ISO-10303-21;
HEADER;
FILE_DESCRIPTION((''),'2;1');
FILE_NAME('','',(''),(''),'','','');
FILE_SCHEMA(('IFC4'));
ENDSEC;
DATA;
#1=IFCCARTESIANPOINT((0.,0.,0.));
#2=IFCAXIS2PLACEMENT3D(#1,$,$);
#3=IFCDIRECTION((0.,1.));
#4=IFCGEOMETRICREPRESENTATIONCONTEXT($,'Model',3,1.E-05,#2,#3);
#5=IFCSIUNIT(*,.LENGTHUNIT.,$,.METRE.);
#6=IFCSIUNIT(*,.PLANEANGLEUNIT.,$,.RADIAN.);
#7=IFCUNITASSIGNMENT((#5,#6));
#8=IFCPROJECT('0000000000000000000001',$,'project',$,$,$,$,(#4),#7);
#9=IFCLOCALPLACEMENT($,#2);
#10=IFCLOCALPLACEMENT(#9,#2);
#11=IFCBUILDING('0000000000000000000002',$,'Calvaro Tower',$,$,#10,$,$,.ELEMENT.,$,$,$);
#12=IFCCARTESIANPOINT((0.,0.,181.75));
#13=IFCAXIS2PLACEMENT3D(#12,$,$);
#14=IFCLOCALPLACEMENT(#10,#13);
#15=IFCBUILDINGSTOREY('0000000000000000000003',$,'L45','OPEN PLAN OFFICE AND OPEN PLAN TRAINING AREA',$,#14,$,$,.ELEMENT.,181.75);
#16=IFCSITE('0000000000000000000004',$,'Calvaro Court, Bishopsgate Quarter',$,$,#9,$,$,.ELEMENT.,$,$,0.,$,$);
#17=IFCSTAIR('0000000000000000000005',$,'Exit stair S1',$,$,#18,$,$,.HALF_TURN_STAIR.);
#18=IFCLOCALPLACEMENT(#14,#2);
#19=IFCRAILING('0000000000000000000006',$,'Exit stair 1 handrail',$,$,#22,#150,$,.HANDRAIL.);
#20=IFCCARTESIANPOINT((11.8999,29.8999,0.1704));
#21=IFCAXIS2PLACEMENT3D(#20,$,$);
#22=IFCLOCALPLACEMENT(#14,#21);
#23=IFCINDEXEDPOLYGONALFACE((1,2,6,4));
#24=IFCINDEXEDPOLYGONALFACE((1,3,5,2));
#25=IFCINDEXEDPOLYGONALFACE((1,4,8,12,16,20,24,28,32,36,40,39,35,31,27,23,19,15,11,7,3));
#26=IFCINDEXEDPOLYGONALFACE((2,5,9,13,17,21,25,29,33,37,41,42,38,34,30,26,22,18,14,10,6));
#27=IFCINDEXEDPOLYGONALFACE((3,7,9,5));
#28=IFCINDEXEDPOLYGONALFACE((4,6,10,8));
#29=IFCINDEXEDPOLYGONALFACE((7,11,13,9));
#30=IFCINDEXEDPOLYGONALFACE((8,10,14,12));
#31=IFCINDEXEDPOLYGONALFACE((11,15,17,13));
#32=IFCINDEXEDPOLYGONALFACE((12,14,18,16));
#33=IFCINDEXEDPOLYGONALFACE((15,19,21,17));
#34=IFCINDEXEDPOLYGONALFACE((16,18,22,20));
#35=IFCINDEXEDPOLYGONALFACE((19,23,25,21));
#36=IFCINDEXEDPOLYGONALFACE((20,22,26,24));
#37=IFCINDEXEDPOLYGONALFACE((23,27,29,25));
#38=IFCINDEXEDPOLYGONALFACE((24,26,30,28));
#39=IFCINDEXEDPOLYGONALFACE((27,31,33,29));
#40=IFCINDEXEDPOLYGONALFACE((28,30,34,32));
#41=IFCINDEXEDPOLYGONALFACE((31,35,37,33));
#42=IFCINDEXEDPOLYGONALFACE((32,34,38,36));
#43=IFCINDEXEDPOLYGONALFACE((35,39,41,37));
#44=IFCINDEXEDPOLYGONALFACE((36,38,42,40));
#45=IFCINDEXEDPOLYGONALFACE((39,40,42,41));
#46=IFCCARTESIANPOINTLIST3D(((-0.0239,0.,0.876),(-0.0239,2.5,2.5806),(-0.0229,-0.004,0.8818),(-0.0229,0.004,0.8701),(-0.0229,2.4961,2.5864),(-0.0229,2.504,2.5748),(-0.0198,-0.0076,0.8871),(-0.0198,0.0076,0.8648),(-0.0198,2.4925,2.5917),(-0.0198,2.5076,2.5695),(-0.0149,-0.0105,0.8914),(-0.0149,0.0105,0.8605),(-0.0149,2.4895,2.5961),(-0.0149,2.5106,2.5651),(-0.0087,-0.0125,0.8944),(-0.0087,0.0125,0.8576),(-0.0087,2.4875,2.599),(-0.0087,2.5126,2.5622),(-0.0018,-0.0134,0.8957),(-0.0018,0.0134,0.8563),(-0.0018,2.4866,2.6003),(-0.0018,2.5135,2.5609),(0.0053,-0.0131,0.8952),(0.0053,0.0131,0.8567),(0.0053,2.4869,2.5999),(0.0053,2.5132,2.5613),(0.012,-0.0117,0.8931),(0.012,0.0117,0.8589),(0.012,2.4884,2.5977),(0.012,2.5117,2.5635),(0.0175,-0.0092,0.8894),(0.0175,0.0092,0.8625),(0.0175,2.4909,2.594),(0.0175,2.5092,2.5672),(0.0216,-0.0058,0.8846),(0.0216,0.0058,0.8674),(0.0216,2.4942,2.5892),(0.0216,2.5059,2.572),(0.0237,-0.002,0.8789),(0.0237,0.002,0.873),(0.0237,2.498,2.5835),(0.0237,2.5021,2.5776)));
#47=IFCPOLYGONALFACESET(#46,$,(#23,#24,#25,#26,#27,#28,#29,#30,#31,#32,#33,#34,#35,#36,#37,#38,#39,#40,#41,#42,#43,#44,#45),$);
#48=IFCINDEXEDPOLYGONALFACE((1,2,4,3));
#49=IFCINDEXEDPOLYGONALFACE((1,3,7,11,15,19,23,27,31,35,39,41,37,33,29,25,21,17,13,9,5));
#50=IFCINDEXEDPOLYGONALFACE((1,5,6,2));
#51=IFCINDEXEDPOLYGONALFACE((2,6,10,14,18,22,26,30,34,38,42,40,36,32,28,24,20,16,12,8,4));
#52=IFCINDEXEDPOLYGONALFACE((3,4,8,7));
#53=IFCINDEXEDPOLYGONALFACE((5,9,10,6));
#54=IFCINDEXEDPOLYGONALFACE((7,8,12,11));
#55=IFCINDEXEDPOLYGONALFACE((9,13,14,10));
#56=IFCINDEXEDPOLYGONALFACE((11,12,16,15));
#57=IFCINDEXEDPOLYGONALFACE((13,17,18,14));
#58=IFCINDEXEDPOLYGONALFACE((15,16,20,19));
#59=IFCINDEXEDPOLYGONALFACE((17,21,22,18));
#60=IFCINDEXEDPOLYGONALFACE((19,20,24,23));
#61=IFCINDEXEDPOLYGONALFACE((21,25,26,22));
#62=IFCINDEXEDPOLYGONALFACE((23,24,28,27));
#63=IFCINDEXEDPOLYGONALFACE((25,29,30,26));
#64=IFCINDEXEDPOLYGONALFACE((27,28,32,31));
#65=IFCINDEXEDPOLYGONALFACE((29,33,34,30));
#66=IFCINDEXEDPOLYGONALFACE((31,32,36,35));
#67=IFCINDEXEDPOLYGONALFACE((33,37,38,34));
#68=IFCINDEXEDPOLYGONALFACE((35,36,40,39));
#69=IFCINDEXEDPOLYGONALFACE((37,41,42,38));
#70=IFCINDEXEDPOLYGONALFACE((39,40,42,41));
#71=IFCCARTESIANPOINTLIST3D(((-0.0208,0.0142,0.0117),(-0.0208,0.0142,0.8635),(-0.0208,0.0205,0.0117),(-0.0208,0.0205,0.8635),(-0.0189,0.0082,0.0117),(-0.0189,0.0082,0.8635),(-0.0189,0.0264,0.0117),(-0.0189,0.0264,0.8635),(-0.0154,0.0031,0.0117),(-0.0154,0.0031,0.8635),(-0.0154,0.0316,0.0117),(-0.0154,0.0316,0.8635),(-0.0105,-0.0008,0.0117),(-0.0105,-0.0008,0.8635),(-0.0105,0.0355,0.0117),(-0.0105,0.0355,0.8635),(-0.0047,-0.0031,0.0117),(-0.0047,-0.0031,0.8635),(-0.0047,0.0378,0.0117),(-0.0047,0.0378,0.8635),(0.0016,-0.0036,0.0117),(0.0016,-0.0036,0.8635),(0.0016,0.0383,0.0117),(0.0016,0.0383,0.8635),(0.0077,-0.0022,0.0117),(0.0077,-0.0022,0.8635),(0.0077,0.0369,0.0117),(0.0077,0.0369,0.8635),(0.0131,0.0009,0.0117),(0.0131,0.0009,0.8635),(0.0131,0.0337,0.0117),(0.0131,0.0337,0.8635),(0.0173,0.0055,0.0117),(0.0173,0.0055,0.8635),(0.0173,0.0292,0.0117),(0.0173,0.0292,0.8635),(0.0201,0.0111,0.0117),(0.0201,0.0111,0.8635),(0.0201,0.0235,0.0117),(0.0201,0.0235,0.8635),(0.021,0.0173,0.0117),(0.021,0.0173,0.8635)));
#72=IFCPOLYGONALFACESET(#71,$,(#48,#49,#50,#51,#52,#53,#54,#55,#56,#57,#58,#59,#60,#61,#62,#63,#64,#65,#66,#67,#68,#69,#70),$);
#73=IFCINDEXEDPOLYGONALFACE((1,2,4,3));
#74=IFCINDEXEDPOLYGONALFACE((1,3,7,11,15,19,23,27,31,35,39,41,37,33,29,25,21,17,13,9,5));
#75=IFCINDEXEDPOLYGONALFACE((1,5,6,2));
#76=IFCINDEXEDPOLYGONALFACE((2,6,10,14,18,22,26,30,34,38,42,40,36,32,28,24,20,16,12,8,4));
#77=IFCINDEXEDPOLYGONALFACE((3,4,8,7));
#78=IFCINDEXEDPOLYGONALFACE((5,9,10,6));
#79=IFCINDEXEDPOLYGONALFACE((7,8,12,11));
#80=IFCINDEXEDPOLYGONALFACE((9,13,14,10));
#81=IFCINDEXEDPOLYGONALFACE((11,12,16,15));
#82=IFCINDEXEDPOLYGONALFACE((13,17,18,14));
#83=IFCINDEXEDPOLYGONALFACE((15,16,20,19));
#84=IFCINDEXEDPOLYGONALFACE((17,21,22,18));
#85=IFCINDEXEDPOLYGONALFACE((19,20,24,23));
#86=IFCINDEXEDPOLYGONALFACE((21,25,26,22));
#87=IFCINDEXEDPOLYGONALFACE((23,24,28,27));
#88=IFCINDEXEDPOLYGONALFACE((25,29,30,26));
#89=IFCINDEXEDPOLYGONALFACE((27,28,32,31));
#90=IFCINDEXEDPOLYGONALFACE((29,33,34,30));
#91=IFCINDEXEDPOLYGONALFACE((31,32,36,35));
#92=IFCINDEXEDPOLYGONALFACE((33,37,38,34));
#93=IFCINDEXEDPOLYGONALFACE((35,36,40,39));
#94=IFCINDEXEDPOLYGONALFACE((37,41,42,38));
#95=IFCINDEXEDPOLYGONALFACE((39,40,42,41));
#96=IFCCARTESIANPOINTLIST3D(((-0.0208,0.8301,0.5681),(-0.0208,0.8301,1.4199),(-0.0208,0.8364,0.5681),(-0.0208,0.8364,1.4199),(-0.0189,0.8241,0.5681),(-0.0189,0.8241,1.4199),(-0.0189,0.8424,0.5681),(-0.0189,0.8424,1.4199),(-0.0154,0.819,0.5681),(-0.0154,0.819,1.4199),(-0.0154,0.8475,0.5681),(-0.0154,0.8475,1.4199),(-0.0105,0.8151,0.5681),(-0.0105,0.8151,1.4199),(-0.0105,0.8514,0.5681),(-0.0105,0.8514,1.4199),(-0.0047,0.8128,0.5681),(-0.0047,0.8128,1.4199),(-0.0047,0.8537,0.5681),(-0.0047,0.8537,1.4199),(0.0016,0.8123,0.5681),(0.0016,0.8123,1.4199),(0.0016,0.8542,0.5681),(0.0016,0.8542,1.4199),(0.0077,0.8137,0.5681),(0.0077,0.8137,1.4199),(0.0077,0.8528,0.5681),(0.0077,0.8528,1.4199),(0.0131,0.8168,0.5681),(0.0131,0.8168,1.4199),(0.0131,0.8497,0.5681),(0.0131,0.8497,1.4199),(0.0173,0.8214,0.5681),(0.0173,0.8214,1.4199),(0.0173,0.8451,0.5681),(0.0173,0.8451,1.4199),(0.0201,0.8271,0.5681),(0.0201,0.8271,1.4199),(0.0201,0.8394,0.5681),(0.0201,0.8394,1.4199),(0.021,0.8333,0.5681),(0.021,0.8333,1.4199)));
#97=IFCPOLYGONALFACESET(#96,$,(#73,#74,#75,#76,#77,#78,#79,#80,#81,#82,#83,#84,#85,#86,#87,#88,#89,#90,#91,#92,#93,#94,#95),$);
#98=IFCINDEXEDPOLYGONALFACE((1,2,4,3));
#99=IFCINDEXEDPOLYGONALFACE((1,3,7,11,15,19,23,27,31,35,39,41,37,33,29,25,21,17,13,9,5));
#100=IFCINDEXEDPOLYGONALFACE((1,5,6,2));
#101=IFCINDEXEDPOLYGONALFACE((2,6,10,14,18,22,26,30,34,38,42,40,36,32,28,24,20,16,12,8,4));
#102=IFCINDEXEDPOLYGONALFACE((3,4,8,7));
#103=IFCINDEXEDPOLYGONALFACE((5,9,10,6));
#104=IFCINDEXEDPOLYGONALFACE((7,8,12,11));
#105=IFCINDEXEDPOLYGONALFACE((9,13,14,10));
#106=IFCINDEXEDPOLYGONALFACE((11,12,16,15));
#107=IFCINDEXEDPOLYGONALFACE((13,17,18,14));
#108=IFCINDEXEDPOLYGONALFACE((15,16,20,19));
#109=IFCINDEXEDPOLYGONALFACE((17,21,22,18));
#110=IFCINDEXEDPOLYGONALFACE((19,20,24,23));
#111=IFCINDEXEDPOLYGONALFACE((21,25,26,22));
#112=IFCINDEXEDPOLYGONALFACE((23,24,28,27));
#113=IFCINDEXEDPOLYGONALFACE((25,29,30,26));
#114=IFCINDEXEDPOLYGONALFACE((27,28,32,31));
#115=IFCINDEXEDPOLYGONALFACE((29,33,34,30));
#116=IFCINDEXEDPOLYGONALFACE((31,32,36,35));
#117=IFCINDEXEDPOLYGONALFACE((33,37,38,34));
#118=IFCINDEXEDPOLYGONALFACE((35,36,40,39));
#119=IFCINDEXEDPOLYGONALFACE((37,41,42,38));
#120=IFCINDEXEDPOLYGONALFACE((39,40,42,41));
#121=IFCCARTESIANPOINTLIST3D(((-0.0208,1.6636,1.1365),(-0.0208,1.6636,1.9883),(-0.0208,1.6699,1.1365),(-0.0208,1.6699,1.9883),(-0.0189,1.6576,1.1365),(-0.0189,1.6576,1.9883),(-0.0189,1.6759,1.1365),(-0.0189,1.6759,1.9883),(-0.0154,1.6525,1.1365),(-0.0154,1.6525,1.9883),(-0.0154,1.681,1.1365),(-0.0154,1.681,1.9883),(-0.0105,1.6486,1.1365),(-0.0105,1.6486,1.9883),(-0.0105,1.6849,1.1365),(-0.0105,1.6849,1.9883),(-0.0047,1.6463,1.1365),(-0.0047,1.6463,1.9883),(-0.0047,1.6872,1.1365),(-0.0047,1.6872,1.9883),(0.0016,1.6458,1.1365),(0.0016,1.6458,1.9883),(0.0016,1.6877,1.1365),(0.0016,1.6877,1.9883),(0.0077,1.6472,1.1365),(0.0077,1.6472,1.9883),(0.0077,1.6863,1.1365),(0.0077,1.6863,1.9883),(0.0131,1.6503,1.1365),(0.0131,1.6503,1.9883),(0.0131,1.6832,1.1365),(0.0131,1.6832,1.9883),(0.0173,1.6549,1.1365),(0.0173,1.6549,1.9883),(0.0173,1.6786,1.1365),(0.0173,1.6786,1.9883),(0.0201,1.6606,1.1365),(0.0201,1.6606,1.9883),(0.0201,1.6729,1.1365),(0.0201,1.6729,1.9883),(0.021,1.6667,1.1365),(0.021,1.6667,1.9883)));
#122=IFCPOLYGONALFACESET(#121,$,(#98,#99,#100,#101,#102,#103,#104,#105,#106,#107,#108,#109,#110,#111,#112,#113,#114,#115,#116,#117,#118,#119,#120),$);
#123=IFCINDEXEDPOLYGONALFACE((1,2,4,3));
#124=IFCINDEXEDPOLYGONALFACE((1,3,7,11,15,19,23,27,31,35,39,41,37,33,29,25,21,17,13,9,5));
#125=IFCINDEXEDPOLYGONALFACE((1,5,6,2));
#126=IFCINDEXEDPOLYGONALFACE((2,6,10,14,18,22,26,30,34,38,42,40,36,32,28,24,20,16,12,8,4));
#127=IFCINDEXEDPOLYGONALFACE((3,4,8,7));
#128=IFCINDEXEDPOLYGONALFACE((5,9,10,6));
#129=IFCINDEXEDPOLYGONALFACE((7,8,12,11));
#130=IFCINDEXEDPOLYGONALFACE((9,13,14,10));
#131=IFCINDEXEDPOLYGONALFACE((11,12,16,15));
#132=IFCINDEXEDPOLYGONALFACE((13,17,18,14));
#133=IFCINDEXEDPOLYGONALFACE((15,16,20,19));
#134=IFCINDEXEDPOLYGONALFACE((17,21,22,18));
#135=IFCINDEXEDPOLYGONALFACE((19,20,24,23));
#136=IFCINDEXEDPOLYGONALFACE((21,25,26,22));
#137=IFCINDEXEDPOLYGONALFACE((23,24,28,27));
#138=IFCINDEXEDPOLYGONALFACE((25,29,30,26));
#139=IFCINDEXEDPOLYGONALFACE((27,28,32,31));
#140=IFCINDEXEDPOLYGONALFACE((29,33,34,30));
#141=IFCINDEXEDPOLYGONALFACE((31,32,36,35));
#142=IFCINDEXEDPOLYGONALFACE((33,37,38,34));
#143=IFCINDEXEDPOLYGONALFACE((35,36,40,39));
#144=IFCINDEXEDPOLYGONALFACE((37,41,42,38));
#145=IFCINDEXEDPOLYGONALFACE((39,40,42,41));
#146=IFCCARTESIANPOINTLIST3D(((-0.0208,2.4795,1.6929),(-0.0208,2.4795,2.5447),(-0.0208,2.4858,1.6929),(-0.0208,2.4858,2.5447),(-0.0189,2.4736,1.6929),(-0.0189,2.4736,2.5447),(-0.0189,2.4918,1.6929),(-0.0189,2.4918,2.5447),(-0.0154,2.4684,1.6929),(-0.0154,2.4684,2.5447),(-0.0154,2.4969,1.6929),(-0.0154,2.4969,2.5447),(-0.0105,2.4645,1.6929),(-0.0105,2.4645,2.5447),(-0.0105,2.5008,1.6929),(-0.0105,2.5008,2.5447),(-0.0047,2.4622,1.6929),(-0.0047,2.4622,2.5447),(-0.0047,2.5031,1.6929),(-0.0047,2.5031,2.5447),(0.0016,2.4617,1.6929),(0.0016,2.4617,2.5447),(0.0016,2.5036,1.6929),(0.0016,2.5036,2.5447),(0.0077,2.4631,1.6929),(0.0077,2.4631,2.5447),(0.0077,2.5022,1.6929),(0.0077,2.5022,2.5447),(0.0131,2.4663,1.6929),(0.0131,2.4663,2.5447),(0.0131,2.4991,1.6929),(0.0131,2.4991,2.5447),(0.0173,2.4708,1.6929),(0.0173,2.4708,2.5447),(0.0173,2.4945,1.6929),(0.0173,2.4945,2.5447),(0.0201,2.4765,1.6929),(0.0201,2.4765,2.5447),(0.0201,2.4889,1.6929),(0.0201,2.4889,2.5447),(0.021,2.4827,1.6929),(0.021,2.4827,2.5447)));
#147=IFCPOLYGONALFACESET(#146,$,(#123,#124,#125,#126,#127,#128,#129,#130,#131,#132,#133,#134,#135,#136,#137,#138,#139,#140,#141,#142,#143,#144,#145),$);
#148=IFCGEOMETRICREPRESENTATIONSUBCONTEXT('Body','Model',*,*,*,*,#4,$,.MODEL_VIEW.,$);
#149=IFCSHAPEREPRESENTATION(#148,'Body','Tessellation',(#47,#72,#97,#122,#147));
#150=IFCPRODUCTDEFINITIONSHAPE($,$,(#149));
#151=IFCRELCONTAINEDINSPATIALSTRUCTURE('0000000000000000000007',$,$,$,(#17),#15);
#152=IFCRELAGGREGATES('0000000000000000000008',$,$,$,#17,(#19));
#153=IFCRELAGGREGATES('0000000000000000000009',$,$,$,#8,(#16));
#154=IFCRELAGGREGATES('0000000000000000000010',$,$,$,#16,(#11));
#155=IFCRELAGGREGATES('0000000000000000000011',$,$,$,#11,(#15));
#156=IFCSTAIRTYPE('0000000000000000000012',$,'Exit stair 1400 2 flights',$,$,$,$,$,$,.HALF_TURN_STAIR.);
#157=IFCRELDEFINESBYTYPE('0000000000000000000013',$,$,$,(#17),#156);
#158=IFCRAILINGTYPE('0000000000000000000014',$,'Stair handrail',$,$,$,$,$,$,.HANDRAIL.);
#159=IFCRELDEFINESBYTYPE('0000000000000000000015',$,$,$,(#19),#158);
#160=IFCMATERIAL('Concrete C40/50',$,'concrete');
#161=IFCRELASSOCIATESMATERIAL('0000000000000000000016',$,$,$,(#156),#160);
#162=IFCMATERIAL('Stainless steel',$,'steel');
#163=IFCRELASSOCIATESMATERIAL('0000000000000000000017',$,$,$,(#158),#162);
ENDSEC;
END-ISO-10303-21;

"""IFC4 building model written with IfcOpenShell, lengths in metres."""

from ifc_helpers import new_model, si_unit, direction, frame, origin, origin_2d, place, context, subcontext, project, spatial, circle, extrude, material, type_object, element, aggregate, save


model = new_model("IFC4")

# Units and contexts
model_context = context("Model", 3, precision=1e-05, world=origin(), true_north=direction((0.0, 1.0)))
body_context = subcontext(model_context, "Body", "Model", "MODEL_VIEW")
ifc_project = project(units=[si_unit("LENGTHUNIT", "METRE"), si_unit("PLANEANGLEUNIT", "RADIAN")], contexts=[model_context])

# Site, building, storey
site_placement = place(None, origin())
site = spatial("IfcSite", under=ifc_project, at=site_placement, Name="Calvaro Court, Bishopsgate Quarter", CompositionType="ELEMENT", RefElevation=0.0)
building_placement = place(site_placement, origin())
building = spatial("IfcBuilding", under=site, at=building_placement, Name="Calvaro Tower", CompositionType="ELEMENT")
storey_placement = place(building_placement, frame((0.0, 0.0, 181.75)))
storey = spatial("IfcBuildingStorey", under=building, at=storey_placement, Name="L45", Description="OPEN PLAN OFFICE AND OPEN PLAN TRAINING AREA", CompositionType="ELEMENT", Elevation=181.75)

# Stair, railing
ifc_material_1 = material(Name="Concrete C40/50", Category="concrete")
stair_type = type_object("IfcStairType", Name="Exit stair 1400 2 flights", PredefinedType="HALF_TURN_STAIR", material=ifc_material_1)
stair_placement = place(storey_placement, origin())
stair = element("IfcStair", 1, at=stair_placement, inside=storey, type_object=stair_type, Name="Exit stair S1", PredefinedType="HALF_TURN_STAIR")
ifc_material_2 = material(Name="Stainless steel", Category="steel")
railing_type = type_object("IfcRailingType", Name="Stair handrail", PredefinedType="HANDRAIL", material=ifc_material_2)
railing_1_placement = place(storey_placement, frame((11.8999, 29.8999, 0.1704)))
railing_1 = element("IfcRailing", 2, at=railing_1_placement, type_object=railing_type, Name="Exit stair 1 handrail", PredefinedType="HANDRAIL", context=body_context, shape_type="SweptSolid", body=[
    extrude(circle(Radius=0.0239, at=origin_2d()), frame((0.0, 0.0, 0.876), z_axis=(0.0, 0.826221, 0.563347), x_axis=(-1.0, 0.0, 0.0)), (0.0, 0.0, 1.0), 3.0259),
    extrude(circle(Radius=0.021, at=origin_2d()), frame((0.0, 0.0173, 0.0117)), (0.0, 0.0, 1.0), 0.8518),
    extrude(circle(Radius=0.021, at=origin_2d()), frame((0.0, 0.8333, 0.5681)), (0.0, 0.0, 1.0), 0.8518),
    extrude(circle(Radius=0.021, at=origin_2d()), frame((0.0, 1.6667, 1.1365)), (0.0, 0.0, 1.0), 0.8518),
    extrude(circle(Radius=0.021, at=origin_2d()), frame((0.0, 2.4827, 1.6929)), (0.0, 0.0, 1.0), 0.8518),
])
aggregate(stair, [railing_1])

save(model, "model.ifc")
